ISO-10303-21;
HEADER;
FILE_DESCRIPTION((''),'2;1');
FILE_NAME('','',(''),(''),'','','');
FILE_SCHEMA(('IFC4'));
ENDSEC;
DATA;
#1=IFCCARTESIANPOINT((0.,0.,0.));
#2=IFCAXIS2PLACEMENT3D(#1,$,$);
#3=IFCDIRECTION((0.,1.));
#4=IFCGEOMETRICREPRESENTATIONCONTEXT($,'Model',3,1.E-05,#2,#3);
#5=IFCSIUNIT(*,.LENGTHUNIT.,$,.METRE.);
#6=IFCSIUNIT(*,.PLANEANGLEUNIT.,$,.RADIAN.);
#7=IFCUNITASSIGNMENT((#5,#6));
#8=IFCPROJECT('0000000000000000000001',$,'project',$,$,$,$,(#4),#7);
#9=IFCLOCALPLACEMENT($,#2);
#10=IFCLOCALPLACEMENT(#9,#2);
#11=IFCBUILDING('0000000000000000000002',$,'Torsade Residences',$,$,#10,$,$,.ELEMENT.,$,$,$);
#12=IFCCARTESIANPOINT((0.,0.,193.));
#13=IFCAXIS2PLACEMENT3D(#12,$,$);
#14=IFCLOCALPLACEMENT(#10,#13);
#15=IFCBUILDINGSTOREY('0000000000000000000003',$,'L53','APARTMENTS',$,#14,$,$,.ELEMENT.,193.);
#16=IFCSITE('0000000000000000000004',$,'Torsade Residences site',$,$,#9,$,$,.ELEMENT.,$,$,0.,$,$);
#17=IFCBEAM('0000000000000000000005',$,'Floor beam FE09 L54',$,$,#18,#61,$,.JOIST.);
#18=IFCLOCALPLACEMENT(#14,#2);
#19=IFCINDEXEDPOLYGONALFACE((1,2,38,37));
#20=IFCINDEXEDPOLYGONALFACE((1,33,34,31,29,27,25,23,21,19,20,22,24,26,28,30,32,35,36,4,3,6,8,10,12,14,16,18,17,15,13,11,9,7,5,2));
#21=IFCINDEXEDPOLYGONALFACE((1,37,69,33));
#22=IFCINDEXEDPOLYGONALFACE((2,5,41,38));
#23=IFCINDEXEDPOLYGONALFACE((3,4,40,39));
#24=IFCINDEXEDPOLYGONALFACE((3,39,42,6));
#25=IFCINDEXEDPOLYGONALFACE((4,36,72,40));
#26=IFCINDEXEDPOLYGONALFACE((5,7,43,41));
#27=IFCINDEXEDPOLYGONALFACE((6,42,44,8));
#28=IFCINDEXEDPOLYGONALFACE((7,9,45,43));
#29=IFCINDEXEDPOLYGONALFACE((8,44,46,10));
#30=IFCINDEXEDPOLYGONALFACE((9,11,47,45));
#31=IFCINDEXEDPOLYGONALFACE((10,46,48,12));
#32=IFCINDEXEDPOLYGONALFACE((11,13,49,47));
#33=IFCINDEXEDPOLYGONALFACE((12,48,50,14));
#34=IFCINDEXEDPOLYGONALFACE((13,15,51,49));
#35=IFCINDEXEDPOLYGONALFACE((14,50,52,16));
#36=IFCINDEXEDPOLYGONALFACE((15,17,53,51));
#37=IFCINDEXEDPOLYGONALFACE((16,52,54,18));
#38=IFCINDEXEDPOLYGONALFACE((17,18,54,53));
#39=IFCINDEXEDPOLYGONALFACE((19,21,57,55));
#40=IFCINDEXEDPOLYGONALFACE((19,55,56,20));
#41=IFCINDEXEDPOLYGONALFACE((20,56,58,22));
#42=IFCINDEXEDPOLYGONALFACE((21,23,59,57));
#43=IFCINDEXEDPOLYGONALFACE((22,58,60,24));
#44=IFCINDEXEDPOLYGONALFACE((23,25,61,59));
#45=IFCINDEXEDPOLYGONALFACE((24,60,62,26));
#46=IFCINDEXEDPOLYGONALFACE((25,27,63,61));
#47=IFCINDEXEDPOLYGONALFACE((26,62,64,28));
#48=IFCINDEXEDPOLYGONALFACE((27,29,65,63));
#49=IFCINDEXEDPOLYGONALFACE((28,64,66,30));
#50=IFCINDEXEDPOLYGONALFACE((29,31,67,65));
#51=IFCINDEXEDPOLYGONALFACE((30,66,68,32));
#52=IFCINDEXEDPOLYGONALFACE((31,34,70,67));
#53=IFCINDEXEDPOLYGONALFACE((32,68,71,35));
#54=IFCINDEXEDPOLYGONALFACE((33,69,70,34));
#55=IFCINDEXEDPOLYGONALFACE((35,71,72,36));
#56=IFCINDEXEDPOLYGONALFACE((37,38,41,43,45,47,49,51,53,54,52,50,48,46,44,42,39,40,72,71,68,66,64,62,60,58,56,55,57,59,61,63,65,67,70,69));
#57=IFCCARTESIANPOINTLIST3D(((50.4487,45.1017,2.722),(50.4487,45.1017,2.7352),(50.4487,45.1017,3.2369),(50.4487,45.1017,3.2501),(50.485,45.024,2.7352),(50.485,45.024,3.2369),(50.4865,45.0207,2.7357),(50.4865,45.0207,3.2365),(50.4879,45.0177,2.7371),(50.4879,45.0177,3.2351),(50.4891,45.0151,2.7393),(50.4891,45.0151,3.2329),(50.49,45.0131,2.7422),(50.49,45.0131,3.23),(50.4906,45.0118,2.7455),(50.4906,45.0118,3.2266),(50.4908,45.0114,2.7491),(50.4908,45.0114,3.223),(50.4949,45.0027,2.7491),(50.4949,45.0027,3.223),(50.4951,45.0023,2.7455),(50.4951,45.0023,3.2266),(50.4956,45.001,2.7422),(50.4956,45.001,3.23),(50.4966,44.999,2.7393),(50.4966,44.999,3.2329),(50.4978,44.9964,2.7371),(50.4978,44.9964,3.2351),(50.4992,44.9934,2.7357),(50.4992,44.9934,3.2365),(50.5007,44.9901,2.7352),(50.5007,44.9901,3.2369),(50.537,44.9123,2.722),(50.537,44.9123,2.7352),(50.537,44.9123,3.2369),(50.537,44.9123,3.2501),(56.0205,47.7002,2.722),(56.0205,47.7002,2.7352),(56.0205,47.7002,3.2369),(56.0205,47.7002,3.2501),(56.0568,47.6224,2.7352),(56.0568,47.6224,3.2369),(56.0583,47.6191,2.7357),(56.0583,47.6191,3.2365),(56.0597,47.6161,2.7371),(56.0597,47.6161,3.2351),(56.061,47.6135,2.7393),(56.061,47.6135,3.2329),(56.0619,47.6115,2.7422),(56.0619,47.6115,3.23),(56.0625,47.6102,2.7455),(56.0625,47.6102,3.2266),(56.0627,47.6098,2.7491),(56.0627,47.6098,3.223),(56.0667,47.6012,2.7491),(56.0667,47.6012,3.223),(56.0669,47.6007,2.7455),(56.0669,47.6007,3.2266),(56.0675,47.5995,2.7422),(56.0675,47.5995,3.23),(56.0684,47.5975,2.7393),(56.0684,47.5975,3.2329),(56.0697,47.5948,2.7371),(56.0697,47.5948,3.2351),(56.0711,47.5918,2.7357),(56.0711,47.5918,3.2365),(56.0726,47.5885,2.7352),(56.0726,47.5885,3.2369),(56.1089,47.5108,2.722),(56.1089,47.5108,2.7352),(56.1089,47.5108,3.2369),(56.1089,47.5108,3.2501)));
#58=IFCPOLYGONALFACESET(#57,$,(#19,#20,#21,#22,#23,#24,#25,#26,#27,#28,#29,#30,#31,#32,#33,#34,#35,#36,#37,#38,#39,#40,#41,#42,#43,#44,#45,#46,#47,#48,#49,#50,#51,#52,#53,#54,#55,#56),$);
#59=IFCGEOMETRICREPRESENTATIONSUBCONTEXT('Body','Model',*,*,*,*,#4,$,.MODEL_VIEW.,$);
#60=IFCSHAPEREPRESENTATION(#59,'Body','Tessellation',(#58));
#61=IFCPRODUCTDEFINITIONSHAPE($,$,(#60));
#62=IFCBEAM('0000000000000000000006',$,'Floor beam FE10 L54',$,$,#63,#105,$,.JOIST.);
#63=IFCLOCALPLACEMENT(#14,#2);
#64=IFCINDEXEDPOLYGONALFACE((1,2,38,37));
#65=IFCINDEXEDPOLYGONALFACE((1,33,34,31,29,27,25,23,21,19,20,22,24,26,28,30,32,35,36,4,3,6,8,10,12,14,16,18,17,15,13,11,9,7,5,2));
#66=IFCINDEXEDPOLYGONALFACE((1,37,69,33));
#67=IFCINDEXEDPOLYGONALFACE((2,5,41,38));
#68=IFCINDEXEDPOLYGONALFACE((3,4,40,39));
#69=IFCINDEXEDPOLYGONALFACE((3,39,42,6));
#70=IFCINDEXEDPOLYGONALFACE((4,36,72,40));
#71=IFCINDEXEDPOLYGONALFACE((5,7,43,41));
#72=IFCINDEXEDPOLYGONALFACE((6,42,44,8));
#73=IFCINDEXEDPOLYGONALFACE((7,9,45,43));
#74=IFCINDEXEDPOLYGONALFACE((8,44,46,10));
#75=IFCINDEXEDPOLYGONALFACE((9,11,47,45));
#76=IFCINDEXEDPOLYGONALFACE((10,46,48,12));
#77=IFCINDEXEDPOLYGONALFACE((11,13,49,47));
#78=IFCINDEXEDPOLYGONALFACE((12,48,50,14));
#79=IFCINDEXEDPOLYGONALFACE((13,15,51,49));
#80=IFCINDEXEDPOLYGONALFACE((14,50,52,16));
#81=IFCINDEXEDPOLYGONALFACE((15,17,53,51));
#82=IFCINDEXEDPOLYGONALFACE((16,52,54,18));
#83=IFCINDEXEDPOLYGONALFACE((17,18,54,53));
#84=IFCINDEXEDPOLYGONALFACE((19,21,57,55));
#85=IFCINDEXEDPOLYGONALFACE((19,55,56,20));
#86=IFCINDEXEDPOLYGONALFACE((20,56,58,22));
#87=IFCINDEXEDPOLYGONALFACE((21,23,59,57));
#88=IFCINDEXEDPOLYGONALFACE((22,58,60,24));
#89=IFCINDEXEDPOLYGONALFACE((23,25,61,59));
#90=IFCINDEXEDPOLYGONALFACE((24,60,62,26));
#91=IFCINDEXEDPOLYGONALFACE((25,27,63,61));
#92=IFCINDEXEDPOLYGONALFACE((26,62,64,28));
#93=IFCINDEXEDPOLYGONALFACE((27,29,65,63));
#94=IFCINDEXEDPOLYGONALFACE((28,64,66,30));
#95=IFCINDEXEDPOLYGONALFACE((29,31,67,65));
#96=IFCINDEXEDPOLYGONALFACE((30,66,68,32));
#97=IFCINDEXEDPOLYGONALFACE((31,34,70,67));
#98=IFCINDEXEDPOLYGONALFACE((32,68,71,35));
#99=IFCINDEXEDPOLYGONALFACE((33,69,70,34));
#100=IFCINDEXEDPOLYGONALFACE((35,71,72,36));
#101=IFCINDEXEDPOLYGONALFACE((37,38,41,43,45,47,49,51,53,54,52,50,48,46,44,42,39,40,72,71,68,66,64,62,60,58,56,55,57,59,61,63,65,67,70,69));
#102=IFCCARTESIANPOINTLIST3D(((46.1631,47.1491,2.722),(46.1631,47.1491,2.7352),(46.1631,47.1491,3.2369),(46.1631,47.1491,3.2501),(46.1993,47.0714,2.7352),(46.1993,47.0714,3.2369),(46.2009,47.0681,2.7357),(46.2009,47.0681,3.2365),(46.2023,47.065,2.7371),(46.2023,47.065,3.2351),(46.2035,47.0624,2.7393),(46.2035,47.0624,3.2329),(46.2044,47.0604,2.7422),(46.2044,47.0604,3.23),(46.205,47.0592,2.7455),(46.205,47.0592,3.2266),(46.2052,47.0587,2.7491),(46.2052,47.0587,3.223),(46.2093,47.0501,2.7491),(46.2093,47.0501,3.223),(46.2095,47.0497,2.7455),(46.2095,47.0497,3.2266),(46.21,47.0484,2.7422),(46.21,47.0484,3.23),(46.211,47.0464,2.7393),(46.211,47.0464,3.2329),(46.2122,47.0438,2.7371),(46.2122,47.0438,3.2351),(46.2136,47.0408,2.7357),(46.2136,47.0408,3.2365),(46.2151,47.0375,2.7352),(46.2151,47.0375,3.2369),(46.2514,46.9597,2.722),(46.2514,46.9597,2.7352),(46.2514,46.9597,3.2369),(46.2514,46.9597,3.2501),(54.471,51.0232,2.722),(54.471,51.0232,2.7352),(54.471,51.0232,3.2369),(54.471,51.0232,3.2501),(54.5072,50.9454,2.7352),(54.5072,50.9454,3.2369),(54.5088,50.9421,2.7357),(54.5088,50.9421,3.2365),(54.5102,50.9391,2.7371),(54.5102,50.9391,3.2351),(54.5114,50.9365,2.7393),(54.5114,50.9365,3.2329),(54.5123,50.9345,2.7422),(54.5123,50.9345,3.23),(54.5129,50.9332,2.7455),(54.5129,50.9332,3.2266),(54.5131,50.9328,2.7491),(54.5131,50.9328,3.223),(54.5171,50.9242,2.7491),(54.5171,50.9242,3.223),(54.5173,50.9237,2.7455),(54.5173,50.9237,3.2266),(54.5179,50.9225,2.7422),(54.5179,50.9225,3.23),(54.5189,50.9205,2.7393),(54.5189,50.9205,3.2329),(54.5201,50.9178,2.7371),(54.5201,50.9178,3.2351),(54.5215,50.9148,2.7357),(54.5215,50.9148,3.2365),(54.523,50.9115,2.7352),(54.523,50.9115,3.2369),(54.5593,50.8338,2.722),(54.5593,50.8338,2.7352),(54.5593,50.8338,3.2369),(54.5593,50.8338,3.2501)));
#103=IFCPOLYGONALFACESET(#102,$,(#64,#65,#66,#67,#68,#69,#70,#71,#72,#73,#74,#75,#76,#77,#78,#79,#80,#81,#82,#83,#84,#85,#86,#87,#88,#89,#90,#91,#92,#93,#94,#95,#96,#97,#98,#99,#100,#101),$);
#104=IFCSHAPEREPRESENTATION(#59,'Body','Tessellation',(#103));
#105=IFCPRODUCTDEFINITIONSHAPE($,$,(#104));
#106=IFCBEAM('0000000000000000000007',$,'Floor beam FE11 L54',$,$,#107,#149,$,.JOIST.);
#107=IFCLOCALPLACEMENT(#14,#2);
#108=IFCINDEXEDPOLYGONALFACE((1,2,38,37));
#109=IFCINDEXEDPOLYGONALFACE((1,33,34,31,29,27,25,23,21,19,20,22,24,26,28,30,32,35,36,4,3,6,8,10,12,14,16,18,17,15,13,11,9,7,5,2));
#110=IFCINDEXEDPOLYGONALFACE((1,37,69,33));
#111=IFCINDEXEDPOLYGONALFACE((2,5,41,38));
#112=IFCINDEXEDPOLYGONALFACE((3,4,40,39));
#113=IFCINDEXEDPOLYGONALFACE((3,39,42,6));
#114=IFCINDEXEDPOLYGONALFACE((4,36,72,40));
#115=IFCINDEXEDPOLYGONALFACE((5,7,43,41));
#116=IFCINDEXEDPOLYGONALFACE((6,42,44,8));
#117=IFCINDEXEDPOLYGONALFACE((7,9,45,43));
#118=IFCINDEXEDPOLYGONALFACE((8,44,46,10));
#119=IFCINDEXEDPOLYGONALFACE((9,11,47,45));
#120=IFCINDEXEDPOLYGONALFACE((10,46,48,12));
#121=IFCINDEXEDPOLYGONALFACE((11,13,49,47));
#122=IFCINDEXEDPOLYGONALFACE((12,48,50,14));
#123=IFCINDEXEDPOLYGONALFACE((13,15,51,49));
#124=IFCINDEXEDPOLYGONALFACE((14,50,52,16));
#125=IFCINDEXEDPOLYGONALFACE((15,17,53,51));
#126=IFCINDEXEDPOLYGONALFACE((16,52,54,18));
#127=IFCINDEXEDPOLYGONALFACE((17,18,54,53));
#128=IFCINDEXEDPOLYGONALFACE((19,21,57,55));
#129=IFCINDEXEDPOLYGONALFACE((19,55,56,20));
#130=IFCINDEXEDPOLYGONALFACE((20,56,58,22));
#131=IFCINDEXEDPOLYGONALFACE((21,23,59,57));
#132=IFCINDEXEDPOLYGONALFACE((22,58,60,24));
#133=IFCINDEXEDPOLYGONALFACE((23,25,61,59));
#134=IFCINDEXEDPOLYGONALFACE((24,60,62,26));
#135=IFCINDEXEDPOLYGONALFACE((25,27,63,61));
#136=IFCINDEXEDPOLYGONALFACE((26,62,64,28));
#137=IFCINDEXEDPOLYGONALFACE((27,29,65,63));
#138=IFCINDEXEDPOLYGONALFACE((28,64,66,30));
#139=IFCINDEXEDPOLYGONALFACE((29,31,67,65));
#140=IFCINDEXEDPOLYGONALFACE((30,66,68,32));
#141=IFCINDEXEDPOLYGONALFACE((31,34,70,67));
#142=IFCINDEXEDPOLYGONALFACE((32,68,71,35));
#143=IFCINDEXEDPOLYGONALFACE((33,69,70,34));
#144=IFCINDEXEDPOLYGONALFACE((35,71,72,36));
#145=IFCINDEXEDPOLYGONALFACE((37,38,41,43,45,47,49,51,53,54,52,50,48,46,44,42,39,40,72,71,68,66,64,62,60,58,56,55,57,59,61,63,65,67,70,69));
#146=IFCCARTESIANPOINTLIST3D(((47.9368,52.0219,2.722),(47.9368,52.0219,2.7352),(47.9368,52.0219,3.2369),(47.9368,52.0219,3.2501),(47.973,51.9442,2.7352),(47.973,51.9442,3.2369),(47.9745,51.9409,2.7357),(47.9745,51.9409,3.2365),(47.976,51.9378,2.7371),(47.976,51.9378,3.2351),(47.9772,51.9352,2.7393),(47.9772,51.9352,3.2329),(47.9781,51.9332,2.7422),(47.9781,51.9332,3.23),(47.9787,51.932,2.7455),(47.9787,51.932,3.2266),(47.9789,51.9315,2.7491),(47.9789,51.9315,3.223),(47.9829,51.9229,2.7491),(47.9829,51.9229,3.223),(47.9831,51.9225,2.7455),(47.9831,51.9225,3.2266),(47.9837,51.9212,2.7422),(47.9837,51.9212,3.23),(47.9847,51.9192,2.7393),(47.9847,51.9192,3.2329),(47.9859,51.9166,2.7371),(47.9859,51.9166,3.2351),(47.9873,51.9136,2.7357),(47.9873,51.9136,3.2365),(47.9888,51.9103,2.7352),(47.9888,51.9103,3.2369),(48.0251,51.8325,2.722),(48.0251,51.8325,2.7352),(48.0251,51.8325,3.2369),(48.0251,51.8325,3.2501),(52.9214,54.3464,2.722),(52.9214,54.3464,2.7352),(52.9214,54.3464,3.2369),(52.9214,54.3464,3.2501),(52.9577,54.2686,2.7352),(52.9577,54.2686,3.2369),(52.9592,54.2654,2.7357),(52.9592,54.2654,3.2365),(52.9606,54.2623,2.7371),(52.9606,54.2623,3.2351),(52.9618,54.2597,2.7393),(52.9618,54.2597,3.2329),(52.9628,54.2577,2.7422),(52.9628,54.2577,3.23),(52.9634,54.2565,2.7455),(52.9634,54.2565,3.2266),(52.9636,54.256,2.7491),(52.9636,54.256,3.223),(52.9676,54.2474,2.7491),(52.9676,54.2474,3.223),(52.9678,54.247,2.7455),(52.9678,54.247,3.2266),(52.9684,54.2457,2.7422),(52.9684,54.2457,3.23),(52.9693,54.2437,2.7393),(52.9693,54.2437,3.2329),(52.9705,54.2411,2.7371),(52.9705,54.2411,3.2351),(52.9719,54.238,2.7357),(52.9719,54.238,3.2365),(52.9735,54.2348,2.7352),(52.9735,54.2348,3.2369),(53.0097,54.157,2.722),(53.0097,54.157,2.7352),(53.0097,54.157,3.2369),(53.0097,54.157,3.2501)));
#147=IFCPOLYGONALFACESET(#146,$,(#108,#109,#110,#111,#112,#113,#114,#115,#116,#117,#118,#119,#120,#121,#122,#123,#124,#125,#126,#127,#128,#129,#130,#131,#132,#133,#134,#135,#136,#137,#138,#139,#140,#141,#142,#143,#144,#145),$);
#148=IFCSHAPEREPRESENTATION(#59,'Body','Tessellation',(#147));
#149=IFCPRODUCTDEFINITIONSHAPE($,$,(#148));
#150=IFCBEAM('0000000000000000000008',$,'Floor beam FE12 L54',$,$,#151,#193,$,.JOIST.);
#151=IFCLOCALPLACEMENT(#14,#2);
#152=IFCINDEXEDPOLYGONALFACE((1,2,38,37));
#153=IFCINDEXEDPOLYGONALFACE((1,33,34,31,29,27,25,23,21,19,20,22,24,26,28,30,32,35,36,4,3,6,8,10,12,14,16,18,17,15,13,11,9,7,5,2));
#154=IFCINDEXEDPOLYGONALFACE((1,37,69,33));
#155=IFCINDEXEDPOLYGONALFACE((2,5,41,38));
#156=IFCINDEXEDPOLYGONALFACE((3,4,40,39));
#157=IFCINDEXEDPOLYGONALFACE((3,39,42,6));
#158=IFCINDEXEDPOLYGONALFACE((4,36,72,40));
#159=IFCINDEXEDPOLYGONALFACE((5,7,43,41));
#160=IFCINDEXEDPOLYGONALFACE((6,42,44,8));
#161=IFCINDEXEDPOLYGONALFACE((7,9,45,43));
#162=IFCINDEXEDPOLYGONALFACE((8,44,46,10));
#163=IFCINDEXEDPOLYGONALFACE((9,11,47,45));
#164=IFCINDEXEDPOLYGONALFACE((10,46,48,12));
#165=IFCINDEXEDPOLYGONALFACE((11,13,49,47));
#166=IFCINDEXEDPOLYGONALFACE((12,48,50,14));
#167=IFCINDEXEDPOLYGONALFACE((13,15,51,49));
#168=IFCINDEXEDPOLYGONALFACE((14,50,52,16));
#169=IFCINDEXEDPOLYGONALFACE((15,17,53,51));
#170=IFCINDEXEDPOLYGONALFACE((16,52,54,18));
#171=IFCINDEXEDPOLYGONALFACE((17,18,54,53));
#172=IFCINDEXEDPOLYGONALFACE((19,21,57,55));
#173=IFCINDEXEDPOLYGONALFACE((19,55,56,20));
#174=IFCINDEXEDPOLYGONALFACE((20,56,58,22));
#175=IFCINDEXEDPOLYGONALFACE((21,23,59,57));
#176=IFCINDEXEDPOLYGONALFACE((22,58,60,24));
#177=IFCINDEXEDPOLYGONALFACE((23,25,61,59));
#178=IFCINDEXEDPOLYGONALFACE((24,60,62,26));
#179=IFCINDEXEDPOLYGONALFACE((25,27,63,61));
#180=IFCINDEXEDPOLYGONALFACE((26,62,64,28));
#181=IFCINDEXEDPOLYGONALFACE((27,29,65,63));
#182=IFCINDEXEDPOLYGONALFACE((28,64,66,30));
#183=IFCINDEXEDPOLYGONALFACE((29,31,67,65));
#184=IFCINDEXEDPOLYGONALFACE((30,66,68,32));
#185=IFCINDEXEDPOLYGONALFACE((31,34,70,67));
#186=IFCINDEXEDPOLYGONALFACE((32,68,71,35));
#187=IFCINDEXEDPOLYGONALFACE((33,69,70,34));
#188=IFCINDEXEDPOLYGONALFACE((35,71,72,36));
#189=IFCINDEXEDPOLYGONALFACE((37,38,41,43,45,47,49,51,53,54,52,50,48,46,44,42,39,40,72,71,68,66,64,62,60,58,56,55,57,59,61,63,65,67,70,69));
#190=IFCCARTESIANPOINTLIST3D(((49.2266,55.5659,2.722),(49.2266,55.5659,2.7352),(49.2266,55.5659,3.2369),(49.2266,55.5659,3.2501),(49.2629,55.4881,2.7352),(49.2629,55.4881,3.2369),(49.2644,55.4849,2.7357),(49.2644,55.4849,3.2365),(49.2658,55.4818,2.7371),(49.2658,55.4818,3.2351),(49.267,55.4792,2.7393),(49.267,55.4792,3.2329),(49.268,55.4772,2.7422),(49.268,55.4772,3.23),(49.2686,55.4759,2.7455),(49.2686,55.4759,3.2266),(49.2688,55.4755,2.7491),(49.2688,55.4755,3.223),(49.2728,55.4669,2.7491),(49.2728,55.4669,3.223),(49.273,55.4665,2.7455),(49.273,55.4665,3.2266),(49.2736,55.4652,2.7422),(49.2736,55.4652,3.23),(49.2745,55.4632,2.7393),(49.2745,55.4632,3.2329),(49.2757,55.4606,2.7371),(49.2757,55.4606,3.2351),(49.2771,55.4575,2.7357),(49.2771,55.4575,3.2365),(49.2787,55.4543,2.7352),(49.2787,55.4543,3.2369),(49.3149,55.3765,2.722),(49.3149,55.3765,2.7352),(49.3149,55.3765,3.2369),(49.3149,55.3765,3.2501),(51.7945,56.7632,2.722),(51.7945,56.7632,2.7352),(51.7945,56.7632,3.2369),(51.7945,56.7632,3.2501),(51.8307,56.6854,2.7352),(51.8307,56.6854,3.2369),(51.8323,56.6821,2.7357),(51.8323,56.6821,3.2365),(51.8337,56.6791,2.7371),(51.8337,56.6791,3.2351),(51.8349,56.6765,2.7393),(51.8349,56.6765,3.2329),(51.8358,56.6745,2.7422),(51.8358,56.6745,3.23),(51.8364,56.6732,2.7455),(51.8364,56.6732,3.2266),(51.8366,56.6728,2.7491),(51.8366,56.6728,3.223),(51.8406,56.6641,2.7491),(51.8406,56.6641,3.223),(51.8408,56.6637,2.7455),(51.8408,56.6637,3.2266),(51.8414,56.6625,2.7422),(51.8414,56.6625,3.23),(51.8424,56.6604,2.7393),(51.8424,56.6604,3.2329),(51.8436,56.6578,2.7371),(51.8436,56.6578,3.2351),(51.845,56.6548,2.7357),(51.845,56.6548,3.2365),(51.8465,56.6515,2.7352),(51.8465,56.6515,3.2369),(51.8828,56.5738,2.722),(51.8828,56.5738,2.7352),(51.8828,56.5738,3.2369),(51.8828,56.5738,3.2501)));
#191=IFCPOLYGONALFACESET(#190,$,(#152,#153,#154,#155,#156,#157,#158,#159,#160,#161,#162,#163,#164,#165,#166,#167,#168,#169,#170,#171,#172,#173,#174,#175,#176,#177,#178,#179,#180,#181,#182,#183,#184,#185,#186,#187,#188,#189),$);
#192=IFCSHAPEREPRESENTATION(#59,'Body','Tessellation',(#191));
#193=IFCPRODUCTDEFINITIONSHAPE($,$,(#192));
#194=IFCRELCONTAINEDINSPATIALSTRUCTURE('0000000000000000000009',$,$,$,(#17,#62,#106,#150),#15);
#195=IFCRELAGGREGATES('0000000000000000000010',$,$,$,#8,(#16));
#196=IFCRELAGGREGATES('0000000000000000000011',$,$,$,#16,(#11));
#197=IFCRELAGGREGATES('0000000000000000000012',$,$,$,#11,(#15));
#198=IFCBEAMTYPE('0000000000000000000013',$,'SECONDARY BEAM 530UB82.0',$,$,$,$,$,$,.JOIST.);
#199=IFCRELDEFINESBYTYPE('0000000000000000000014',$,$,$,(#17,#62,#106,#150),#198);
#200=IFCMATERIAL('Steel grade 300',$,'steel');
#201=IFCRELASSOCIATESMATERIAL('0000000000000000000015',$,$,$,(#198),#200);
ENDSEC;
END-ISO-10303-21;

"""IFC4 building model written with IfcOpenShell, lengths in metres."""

from ifc_helpers import new_model, si_unit, direction, frame, origin, origin_2d, place, context, subcontext, project, spatial, i_section, extrude, material, material_profile, profile_set, type_object, element, save


model = new_model("IFC4")

# Units and contexts
model_context = context("Model", 3, precision=1e-05, world=origin(), true_north=direction((0.0, 1.0)))
body_context = subcontext(model_context, "Body", "Model", "MODEL_VIEW")
ifc_project = project(units=[si_unit("LENGTHUNIT", "METRE"), si_unit("PLANEANGLEUNIT", "RADIAN")], contexts=[model_context])

# Site, building, storey
site_placement = place(None, origin())
site = spatial("IfcSite", under=ifc_project, at=site_placement, Name="Torsade Residences site", CompositionType="ELEMENT", RefElevation=0.0)
building_placement = place(site_placement, origin())
building = spatial("IfcBuilding", under=site, at=building_placement, Name="Torsade Residences", CompositionType="ELEMENT")
storey_placement = place(building_placement, frame((0.0, 0.0, 193.0)))
storey = spatial("IfcBuildingStorey", under=building, at=storey_placement, Name="L53", Description="APARTMENTS", CompositionType="ELEMENT", Elevation=193.0)

# Beams
ifc_material_1 = material(Name="Steel grade 300", Category="steel")
ifc_material_profile_1 = material_profile(ifc_material_1, i_section(OverallWidth=0.209, OverallDepth=0.5281, WebThickness=0.0095, FlangeThickness=0.0132, FilletRadius=0.0139, at=origin_2d()), Name="530UB82.0")
ifc_profile_set_1 = profile_set([ifc_material_profile_1], Name="Steel grade 300")
beam_type_1 = type_object("IfcBeamType", Name="SECONDARY BEAM 530UB82.0", PredefinedType="JOIST", material=ifc_profile_set_1)
beam_1_placement = place(storey_placement, frame((56.0647, 47.6055, 2.9861), z_axis=(-0.906294, -0.422648, 0.0), x_axis=(0.422648, -0.906294, 0.0)))
element("IfcBeam", 1, at=beam_1_placement, inside=storey, type_object=beam_type_1, Name="Floor beam FE09 L54", PredefinedType="JOIST", context=body_context, shape_type="SweptSolid", body=[
    extrude(i_section(OverallWidth=0.209, OverallDepth=0.5281, WebThickness=0.0095, FlangeThickness=0.0132, FilletRadius=0.0139, at=origin_2d()), origin(), (0.0, 0.0, 1.0), 6.1479),
])
beam_2_placement = place(storey_placement, frame((54.5151, 50.9285, 2.9861), z_axis=(-0.906308, -0.422619, 0.0), x_axis=(0.422619, -0.906308, 0.0)))
element("IfcBeam", 2, at=beam_2_placement, inside=storey, type_object=beam_type_1, Name="Floor beam FE10 L54", PredefinedType="JOIST", context=body_context, shape_type="SweptSolid", body=[
    extrude(i_section(OverallWidth=0.209, OverallDepth=0.5281, WebThickness=0.0095, FlangeThickness=0.0132, FilletRadius=0.0139, at=origin_2d()), origin(), (0.0, 0.0, 1.0), 9.1667),
])
beam_3_placement = place(storey_placement, frame((52.9656, 54.2517, 2.9861), z_axis=(-0.906301, -0.422633, 0.0), x_axis=(0.422633, -0.906301, 0.0)))
element("IfcBeam", 3, at=beam_3_placement, inside=storey, type_object=beam_type_1, Name="Floor beam FE11 L54", PredefinedType="JOIST", context=body_context, shape_type="SweptSolid", body=[
    extrude(i_section(OverallWidth=0.209, OverallDepth=0.5281, WebThickness=0.0095, FlangeThickness=0.0132, FilletRadius=0.0139, at=origin_2d()), origin(), (0.0, 0.0, 1.0), 5.5),
])
beam_4_placement = place(storey_placement, frame((51.8386, 56.6685, 2.9861), z_axis=(-0.906328, -0.422574, 0.0), x_axis=(0.422574, -0.906328, 0.0)))
element("IfcBeam", 4, at=beam_4_placement, inside=storey, type_object=beam_type_1, Name="Floor beam FE12 L54", PredefinedType="JOIST", context=body_context, shape_type="SweptSolid", body=[
    extrude(i_section(OverallWidth=0.209, OverallDepth=0.5281, WebThickness=0.0095, FlangeThickness=0.0132, FilletRadius=0.0139, at=origin_2d()), origin(), (0.0, 0.0, 1.0), 2.8333),
])

save(model, "model.ifc")
